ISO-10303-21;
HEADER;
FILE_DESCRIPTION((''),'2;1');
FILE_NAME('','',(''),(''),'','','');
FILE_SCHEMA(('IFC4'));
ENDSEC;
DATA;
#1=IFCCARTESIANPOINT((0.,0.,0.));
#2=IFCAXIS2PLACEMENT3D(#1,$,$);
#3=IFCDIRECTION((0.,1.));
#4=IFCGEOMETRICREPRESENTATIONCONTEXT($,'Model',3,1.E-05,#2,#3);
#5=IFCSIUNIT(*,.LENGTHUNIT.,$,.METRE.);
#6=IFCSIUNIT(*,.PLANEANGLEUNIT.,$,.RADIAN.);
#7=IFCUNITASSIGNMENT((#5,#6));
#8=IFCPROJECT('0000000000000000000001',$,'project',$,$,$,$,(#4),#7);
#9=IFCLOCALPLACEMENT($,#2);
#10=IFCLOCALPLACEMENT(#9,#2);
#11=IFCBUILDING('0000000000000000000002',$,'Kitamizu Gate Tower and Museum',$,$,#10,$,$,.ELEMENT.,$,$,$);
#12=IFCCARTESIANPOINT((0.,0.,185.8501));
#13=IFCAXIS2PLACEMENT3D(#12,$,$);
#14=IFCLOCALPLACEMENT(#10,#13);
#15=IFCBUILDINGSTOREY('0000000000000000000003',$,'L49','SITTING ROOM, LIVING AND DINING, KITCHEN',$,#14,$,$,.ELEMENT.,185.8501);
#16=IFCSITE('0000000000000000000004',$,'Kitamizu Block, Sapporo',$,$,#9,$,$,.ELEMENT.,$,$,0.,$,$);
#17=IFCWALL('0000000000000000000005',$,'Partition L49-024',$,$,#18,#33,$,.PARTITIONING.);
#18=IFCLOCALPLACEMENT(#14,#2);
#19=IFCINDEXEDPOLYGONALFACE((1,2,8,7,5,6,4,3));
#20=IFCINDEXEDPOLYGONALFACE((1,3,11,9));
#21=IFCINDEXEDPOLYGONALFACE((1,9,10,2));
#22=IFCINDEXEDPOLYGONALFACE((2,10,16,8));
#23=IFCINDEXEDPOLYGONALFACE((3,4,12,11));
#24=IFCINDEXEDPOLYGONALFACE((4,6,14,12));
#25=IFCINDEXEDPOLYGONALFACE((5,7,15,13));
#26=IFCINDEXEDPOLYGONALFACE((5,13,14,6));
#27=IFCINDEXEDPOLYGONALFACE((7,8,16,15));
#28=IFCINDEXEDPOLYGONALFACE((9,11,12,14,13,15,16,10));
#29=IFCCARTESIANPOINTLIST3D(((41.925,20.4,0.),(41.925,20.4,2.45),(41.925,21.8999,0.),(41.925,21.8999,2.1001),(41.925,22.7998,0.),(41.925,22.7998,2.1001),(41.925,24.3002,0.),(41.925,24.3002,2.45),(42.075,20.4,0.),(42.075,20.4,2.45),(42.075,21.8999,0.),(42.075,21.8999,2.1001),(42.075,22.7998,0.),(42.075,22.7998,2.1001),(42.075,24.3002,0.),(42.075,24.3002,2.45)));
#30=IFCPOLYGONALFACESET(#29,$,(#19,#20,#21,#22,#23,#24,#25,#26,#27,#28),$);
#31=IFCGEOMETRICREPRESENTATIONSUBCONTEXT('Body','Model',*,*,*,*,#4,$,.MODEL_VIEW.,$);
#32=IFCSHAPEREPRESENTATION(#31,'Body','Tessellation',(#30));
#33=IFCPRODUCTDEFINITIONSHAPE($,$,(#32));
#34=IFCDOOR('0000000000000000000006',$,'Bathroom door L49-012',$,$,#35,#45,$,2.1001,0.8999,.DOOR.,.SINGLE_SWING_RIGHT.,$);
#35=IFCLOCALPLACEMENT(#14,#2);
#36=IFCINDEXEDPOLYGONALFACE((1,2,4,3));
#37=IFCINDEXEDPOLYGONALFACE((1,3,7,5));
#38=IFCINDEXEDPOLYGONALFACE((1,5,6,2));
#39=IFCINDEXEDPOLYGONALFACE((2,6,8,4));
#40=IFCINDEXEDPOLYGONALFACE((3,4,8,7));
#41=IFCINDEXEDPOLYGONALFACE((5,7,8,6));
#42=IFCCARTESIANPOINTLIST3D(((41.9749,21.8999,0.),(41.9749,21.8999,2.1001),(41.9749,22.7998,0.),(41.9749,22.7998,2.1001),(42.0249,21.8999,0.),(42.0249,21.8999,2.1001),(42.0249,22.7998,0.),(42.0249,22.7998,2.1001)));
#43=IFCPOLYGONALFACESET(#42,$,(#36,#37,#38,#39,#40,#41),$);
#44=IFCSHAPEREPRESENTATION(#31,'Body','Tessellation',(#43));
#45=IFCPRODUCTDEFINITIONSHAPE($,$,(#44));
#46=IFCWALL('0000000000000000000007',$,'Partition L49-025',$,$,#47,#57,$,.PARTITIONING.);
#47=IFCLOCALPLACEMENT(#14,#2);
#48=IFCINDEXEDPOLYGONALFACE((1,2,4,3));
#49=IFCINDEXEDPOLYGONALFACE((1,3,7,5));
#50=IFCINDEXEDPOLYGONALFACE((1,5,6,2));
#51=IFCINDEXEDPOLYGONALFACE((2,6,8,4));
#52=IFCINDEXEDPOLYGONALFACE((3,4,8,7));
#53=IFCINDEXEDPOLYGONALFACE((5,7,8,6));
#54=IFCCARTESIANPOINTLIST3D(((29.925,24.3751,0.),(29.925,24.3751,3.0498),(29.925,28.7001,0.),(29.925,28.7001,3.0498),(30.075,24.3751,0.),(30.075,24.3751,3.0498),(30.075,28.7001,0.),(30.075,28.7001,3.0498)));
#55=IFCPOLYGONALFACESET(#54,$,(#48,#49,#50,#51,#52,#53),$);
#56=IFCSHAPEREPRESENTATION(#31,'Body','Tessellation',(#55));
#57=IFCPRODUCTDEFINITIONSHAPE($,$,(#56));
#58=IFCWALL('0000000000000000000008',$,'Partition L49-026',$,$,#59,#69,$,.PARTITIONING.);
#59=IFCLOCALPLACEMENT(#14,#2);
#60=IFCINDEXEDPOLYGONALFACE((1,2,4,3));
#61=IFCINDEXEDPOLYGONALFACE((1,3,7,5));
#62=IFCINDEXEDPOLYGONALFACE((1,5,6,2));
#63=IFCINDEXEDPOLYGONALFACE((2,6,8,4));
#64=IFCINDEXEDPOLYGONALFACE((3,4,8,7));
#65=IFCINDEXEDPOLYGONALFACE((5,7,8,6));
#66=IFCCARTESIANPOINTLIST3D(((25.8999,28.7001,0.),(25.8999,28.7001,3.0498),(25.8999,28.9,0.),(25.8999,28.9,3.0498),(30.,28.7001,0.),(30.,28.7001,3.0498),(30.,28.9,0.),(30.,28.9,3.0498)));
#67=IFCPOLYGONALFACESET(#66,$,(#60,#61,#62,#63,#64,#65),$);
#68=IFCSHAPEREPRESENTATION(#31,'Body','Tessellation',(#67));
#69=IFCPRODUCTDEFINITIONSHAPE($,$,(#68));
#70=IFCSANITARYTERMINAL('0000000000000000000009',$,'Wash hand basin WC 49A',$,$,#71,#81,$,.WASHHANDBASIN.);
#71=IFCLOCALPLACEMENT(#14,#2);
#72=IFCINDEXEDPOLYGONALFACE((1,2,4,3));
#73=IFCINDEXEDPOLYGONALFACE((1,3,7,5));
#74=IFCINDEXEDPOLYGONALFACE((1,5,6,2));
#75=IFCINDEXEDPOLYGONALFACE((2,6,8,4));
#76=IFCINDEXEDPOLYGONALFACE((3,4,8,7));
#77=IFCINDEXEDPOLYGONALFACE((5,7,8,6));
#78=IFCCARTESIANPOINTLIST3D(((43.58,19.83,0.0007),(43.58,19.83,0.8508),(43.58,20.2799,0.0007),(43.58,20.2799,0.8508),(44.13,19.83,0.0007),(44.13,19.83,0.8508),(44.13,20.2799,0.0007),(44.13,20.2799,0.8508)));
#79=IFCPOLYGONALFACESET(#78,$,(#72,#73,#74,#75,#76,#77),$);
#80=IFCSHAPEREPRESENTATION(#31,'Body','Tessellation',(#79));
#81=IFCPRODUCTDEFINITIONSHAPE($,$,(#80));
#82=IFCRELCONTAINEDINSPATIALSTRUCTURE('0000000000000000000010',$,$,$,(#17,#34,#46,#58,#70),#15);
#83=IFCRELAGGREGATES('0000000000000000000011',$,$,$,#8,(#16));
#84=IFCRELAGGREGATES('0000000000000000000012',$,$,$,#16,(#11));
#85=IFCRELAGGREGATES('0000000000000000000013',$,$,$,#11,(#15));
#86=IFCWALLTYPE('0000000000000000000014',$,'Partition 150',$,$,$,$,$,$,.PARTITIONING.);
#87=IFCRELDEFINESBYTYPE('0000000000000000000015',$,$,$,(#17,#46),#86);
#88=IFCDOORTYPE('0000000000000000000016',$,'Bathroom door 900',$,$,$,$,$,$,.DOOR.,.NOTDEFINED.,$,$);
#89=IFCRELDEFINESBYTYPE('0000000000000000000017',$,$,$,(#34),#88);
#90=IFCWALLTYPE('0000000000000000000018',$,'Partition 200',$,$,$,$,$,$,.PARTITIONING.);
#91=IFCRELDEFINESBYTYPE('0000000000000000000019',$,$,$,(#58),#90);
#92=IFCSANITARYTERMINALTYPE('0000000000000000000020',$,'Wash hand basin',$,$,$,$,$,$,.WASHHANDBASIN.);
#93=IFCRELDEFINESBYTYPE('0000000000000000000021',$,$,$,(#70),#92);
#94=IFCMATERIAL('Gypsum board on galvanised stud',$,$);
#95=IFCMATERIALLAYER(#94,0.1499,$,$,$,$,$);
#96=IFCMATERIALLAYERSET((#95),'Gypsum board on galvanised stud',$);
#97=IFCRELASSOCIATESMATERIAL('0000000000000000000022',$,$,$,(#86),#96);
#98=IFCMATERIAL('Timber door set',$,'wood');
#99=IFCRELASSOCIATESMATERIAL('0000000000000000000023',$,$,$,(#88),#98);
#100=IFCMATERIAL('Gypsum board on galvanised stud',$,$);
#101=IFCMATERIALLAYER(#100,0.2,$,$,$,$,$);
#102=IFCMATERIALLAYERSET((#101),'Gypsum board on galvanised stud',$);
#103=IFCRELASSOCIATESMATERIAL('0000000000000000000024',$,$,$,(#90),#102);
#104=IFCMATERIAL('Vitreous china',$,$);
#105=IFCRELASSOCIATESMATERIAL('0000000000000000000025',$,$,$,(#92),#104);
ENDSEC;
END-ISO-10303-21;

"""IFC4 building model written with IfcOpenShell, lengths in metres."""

from ifc_helpers import new_model, si_unit, direction, frame, frame_2d, origin, origin_2d, place, context, subcontext, project, spatial, rectangle, extrude, material, layer, layer_set, type_object, element, fill, save


model = new_model("IFC4")

# Units and contexts
model_context = context("Model", 3, precision=1e-05, world=origin(), true_north=direction((0.0, 1.0)))
body_context = subcontext(model_context, "Body", "Model", "MODEL_VIEW")
ifc_project = project(units=[si_unit("LENGTHUNIT", "METRE"), si_unit("PLANEANGLEUNIT", "RADIAN")], contexts=[model_context])

# Site, building, storey
site_placement = place(None, origin())
site = spatial("IfcSite", under=ifc_project, at=site_placement, Name="Kitamizu Block, Sapporo", CompositionType="ELEMENT", RefElevation=0.0)
building_placement = place(site_placement, origin())
building = spatial("IfcBuilding", under=site, at=building_placement, Name="Kitamizu Gate Tower and Museum", CompositionType="ELEMENT")
storey_placement = place(building_placement, frame((0.0, 0.0, 185.8501)))
storey = spatial("IfcBuildingStorey", under=building, at=storey_placement, Name="L49", Description="SITTING ROOM, LIVING AND DINING, KITCHEN", CompositionType="ELEMENT", Elevation=185.8501)

# Wall, opening, door
ifc_material_1 = material(Name="Gypsum board on galvanised stud")
ifc_layer_1 = layer(ifc_material_1, 0.1499)
ifc_layer_set_1 = layer_set([ifc_layer_1], Name="Gypsum board on galvanised stud")
wall_type_1 = type_object("IfcWallType", Name="Partition 150", PredefinedType="PARTITIONING", material=ifc_layer_set_1)
ifc_material_2 = material(Name="Timber door set", Category="wood")
door_type_1 = type_object("IfcDoorType", Name="Bathroom door 900", OperationType="NOTDEFINED", PredefinedType="DOOR", material=ifc_material_2)
wall_1_placement = place(storey_placement, frame((42.0, 20.3999, 0.0), z_axis=(0.0, 0.0, 1.0), x_axis=(0.0, 1.0, 0.0)))
wall_1 = element("IfcWall", 1, at=wall_1_placement, inside=storey, type_object=wall_type_1, Name="Partition L49-024", PredefinedType="PARTITIONING", context=body_context, shape_type="SweptSolid", body=[
    extrude(rectangle(XDim=3.9001, YDim=0.1499, at=frame_2d((1.9502, 0.0))), origin(), (0.0, 0.0, 1.0), 2.45),
])
opening_1_placement = place(wall_1_placement, frame((1.5, 0.0, 0.0)))
opening_1 = element("IfcOpeningElement", 2, at=opening_1_placement, cuts=wall_1, PredefinedType="OPENING", context=body_context, shape_type="SweptSolid", body=[
    extrude(rectangle(XDim=0.8999, YDim=2.1001, at=frame_2d((0.45, 1.05))), frame((0.0, 0.085, 0.0), z_axis=(0.0, -1.0, 0.0), x_axis=(1.0, 0.0, 0.0)), (0.0, 0.0, 1.0), 0.1699),
])
door_1_placement = place(opening_1_placement, frame((0.8999, 0.0, 0.0), x_axis=(-1.0, 0.0, 0.0)))
door_1 = element("IfcDoor", 3, at=door_1_placement, inside=storey, type_object=door_type_1, Name="Bathroom door L49-012", OperationType="SINGLE_SWING_RIGHT", OverallHeight=2.1001, OverallWidth=0.8999, PredefinedType="DOOR", context=body_context, shape_type="SweptSolid", body=[
    extrude(rectangle(XDim=0.8999, YDim=2.1001, at=frame_2d((0.45, 1.05))), frame((0.0, 0.0249, 0.0), z_axis=(0.0, -1.0, 0.0), x_axis=(1.0, 0.0, 0.0)), (0.0, 0.0, 1.0), 0.05),
])
fill(opening_1, door_1)

# Walls
wall_2_placement = place(storey_placement, frame((30.0, 24.375, 0.0), z_axis=(0.0, 0.0, 1.0), x_axis=(0.0, 1.0, 0.0)))
element("IfcWall", 4, at=wall_2_placement, inside=storey, type_object=wall_type_1, Name="Partition L49-025", PredefinedType="PARTITIONING", context=body_context, shape_type="SweptSolid", body=[
    extrude(rectangle(XDim=4.325, YDim=0.1499, at=frame_2d((2.1626, 0.0))), origin(), (0.0, 0.0, 1.0), 3.0498),
])
ifc_material_3 = material(Name="Gypsum board on galvanised stud")
ifc_layer_2 = layer(ifc_material_3, 0.2)
ifc_layer_set_2 = layer_set([ifc_layer_2], Name="Gypsum board on galvanised stud")
wall_type_2 = type_object("IfcWallType", Name="Partition 200", PredefinedType="PARTITIONING", material=ifc_layer_set_2)
wall_3_placement = place(storey_placement, frame((30.0, 28.8, 0.0), z_axis=(0.0, 0.0, 1.0), x_axis=(-1.0, 0.0, 0.0)))
element("IfcWall", 5, at=wall_3_placement, inside=storey, type_object=wall_type_2, Name="Partition L49-026", PredefinedType="PARTITIONING", context=body_context, shape_type="SweptSolid", body=[
    extrude(rectangle(XDim=4.1001, YDim=0.2, at=frame_2d((2.05, 0.0))), origin(), (0.0, 0.0, 1.0), 3.0498),
])

# Sanitary terminal
ifc_material_4 = material(Name="Vitreous china")
sanitary_terminal_type = type_object("IfcSanitaryTerminalType", Name="Wash hand basin", PredefinedType="WASHHANDBASIN", material=ifc_material_4)
sanitary_terminal_placement = place(storey_placement, frame((43.855, 20.0549, 0.0007), z_axis=(0.0, 0.0, 1.0), x_axis=(1.0, 0.0, 0.0)))
element("IfcSanitaryTerminal", 6, at=sanitary_terminal_placement, inside=storey, type_object=sanitary_terminal_type, Name="Wash hand basin WC 49A", PredefinedType="WASHHANDBASIN", context=body_context, shape_type="SweptSolid", body=[
    extrude(rectangle(XDim=0.55, YDim=0.45, at=origin_2d()), origin(), (0.0, 0.0, 1.0), 0.8501),
])

save(model, "model.ifc")
